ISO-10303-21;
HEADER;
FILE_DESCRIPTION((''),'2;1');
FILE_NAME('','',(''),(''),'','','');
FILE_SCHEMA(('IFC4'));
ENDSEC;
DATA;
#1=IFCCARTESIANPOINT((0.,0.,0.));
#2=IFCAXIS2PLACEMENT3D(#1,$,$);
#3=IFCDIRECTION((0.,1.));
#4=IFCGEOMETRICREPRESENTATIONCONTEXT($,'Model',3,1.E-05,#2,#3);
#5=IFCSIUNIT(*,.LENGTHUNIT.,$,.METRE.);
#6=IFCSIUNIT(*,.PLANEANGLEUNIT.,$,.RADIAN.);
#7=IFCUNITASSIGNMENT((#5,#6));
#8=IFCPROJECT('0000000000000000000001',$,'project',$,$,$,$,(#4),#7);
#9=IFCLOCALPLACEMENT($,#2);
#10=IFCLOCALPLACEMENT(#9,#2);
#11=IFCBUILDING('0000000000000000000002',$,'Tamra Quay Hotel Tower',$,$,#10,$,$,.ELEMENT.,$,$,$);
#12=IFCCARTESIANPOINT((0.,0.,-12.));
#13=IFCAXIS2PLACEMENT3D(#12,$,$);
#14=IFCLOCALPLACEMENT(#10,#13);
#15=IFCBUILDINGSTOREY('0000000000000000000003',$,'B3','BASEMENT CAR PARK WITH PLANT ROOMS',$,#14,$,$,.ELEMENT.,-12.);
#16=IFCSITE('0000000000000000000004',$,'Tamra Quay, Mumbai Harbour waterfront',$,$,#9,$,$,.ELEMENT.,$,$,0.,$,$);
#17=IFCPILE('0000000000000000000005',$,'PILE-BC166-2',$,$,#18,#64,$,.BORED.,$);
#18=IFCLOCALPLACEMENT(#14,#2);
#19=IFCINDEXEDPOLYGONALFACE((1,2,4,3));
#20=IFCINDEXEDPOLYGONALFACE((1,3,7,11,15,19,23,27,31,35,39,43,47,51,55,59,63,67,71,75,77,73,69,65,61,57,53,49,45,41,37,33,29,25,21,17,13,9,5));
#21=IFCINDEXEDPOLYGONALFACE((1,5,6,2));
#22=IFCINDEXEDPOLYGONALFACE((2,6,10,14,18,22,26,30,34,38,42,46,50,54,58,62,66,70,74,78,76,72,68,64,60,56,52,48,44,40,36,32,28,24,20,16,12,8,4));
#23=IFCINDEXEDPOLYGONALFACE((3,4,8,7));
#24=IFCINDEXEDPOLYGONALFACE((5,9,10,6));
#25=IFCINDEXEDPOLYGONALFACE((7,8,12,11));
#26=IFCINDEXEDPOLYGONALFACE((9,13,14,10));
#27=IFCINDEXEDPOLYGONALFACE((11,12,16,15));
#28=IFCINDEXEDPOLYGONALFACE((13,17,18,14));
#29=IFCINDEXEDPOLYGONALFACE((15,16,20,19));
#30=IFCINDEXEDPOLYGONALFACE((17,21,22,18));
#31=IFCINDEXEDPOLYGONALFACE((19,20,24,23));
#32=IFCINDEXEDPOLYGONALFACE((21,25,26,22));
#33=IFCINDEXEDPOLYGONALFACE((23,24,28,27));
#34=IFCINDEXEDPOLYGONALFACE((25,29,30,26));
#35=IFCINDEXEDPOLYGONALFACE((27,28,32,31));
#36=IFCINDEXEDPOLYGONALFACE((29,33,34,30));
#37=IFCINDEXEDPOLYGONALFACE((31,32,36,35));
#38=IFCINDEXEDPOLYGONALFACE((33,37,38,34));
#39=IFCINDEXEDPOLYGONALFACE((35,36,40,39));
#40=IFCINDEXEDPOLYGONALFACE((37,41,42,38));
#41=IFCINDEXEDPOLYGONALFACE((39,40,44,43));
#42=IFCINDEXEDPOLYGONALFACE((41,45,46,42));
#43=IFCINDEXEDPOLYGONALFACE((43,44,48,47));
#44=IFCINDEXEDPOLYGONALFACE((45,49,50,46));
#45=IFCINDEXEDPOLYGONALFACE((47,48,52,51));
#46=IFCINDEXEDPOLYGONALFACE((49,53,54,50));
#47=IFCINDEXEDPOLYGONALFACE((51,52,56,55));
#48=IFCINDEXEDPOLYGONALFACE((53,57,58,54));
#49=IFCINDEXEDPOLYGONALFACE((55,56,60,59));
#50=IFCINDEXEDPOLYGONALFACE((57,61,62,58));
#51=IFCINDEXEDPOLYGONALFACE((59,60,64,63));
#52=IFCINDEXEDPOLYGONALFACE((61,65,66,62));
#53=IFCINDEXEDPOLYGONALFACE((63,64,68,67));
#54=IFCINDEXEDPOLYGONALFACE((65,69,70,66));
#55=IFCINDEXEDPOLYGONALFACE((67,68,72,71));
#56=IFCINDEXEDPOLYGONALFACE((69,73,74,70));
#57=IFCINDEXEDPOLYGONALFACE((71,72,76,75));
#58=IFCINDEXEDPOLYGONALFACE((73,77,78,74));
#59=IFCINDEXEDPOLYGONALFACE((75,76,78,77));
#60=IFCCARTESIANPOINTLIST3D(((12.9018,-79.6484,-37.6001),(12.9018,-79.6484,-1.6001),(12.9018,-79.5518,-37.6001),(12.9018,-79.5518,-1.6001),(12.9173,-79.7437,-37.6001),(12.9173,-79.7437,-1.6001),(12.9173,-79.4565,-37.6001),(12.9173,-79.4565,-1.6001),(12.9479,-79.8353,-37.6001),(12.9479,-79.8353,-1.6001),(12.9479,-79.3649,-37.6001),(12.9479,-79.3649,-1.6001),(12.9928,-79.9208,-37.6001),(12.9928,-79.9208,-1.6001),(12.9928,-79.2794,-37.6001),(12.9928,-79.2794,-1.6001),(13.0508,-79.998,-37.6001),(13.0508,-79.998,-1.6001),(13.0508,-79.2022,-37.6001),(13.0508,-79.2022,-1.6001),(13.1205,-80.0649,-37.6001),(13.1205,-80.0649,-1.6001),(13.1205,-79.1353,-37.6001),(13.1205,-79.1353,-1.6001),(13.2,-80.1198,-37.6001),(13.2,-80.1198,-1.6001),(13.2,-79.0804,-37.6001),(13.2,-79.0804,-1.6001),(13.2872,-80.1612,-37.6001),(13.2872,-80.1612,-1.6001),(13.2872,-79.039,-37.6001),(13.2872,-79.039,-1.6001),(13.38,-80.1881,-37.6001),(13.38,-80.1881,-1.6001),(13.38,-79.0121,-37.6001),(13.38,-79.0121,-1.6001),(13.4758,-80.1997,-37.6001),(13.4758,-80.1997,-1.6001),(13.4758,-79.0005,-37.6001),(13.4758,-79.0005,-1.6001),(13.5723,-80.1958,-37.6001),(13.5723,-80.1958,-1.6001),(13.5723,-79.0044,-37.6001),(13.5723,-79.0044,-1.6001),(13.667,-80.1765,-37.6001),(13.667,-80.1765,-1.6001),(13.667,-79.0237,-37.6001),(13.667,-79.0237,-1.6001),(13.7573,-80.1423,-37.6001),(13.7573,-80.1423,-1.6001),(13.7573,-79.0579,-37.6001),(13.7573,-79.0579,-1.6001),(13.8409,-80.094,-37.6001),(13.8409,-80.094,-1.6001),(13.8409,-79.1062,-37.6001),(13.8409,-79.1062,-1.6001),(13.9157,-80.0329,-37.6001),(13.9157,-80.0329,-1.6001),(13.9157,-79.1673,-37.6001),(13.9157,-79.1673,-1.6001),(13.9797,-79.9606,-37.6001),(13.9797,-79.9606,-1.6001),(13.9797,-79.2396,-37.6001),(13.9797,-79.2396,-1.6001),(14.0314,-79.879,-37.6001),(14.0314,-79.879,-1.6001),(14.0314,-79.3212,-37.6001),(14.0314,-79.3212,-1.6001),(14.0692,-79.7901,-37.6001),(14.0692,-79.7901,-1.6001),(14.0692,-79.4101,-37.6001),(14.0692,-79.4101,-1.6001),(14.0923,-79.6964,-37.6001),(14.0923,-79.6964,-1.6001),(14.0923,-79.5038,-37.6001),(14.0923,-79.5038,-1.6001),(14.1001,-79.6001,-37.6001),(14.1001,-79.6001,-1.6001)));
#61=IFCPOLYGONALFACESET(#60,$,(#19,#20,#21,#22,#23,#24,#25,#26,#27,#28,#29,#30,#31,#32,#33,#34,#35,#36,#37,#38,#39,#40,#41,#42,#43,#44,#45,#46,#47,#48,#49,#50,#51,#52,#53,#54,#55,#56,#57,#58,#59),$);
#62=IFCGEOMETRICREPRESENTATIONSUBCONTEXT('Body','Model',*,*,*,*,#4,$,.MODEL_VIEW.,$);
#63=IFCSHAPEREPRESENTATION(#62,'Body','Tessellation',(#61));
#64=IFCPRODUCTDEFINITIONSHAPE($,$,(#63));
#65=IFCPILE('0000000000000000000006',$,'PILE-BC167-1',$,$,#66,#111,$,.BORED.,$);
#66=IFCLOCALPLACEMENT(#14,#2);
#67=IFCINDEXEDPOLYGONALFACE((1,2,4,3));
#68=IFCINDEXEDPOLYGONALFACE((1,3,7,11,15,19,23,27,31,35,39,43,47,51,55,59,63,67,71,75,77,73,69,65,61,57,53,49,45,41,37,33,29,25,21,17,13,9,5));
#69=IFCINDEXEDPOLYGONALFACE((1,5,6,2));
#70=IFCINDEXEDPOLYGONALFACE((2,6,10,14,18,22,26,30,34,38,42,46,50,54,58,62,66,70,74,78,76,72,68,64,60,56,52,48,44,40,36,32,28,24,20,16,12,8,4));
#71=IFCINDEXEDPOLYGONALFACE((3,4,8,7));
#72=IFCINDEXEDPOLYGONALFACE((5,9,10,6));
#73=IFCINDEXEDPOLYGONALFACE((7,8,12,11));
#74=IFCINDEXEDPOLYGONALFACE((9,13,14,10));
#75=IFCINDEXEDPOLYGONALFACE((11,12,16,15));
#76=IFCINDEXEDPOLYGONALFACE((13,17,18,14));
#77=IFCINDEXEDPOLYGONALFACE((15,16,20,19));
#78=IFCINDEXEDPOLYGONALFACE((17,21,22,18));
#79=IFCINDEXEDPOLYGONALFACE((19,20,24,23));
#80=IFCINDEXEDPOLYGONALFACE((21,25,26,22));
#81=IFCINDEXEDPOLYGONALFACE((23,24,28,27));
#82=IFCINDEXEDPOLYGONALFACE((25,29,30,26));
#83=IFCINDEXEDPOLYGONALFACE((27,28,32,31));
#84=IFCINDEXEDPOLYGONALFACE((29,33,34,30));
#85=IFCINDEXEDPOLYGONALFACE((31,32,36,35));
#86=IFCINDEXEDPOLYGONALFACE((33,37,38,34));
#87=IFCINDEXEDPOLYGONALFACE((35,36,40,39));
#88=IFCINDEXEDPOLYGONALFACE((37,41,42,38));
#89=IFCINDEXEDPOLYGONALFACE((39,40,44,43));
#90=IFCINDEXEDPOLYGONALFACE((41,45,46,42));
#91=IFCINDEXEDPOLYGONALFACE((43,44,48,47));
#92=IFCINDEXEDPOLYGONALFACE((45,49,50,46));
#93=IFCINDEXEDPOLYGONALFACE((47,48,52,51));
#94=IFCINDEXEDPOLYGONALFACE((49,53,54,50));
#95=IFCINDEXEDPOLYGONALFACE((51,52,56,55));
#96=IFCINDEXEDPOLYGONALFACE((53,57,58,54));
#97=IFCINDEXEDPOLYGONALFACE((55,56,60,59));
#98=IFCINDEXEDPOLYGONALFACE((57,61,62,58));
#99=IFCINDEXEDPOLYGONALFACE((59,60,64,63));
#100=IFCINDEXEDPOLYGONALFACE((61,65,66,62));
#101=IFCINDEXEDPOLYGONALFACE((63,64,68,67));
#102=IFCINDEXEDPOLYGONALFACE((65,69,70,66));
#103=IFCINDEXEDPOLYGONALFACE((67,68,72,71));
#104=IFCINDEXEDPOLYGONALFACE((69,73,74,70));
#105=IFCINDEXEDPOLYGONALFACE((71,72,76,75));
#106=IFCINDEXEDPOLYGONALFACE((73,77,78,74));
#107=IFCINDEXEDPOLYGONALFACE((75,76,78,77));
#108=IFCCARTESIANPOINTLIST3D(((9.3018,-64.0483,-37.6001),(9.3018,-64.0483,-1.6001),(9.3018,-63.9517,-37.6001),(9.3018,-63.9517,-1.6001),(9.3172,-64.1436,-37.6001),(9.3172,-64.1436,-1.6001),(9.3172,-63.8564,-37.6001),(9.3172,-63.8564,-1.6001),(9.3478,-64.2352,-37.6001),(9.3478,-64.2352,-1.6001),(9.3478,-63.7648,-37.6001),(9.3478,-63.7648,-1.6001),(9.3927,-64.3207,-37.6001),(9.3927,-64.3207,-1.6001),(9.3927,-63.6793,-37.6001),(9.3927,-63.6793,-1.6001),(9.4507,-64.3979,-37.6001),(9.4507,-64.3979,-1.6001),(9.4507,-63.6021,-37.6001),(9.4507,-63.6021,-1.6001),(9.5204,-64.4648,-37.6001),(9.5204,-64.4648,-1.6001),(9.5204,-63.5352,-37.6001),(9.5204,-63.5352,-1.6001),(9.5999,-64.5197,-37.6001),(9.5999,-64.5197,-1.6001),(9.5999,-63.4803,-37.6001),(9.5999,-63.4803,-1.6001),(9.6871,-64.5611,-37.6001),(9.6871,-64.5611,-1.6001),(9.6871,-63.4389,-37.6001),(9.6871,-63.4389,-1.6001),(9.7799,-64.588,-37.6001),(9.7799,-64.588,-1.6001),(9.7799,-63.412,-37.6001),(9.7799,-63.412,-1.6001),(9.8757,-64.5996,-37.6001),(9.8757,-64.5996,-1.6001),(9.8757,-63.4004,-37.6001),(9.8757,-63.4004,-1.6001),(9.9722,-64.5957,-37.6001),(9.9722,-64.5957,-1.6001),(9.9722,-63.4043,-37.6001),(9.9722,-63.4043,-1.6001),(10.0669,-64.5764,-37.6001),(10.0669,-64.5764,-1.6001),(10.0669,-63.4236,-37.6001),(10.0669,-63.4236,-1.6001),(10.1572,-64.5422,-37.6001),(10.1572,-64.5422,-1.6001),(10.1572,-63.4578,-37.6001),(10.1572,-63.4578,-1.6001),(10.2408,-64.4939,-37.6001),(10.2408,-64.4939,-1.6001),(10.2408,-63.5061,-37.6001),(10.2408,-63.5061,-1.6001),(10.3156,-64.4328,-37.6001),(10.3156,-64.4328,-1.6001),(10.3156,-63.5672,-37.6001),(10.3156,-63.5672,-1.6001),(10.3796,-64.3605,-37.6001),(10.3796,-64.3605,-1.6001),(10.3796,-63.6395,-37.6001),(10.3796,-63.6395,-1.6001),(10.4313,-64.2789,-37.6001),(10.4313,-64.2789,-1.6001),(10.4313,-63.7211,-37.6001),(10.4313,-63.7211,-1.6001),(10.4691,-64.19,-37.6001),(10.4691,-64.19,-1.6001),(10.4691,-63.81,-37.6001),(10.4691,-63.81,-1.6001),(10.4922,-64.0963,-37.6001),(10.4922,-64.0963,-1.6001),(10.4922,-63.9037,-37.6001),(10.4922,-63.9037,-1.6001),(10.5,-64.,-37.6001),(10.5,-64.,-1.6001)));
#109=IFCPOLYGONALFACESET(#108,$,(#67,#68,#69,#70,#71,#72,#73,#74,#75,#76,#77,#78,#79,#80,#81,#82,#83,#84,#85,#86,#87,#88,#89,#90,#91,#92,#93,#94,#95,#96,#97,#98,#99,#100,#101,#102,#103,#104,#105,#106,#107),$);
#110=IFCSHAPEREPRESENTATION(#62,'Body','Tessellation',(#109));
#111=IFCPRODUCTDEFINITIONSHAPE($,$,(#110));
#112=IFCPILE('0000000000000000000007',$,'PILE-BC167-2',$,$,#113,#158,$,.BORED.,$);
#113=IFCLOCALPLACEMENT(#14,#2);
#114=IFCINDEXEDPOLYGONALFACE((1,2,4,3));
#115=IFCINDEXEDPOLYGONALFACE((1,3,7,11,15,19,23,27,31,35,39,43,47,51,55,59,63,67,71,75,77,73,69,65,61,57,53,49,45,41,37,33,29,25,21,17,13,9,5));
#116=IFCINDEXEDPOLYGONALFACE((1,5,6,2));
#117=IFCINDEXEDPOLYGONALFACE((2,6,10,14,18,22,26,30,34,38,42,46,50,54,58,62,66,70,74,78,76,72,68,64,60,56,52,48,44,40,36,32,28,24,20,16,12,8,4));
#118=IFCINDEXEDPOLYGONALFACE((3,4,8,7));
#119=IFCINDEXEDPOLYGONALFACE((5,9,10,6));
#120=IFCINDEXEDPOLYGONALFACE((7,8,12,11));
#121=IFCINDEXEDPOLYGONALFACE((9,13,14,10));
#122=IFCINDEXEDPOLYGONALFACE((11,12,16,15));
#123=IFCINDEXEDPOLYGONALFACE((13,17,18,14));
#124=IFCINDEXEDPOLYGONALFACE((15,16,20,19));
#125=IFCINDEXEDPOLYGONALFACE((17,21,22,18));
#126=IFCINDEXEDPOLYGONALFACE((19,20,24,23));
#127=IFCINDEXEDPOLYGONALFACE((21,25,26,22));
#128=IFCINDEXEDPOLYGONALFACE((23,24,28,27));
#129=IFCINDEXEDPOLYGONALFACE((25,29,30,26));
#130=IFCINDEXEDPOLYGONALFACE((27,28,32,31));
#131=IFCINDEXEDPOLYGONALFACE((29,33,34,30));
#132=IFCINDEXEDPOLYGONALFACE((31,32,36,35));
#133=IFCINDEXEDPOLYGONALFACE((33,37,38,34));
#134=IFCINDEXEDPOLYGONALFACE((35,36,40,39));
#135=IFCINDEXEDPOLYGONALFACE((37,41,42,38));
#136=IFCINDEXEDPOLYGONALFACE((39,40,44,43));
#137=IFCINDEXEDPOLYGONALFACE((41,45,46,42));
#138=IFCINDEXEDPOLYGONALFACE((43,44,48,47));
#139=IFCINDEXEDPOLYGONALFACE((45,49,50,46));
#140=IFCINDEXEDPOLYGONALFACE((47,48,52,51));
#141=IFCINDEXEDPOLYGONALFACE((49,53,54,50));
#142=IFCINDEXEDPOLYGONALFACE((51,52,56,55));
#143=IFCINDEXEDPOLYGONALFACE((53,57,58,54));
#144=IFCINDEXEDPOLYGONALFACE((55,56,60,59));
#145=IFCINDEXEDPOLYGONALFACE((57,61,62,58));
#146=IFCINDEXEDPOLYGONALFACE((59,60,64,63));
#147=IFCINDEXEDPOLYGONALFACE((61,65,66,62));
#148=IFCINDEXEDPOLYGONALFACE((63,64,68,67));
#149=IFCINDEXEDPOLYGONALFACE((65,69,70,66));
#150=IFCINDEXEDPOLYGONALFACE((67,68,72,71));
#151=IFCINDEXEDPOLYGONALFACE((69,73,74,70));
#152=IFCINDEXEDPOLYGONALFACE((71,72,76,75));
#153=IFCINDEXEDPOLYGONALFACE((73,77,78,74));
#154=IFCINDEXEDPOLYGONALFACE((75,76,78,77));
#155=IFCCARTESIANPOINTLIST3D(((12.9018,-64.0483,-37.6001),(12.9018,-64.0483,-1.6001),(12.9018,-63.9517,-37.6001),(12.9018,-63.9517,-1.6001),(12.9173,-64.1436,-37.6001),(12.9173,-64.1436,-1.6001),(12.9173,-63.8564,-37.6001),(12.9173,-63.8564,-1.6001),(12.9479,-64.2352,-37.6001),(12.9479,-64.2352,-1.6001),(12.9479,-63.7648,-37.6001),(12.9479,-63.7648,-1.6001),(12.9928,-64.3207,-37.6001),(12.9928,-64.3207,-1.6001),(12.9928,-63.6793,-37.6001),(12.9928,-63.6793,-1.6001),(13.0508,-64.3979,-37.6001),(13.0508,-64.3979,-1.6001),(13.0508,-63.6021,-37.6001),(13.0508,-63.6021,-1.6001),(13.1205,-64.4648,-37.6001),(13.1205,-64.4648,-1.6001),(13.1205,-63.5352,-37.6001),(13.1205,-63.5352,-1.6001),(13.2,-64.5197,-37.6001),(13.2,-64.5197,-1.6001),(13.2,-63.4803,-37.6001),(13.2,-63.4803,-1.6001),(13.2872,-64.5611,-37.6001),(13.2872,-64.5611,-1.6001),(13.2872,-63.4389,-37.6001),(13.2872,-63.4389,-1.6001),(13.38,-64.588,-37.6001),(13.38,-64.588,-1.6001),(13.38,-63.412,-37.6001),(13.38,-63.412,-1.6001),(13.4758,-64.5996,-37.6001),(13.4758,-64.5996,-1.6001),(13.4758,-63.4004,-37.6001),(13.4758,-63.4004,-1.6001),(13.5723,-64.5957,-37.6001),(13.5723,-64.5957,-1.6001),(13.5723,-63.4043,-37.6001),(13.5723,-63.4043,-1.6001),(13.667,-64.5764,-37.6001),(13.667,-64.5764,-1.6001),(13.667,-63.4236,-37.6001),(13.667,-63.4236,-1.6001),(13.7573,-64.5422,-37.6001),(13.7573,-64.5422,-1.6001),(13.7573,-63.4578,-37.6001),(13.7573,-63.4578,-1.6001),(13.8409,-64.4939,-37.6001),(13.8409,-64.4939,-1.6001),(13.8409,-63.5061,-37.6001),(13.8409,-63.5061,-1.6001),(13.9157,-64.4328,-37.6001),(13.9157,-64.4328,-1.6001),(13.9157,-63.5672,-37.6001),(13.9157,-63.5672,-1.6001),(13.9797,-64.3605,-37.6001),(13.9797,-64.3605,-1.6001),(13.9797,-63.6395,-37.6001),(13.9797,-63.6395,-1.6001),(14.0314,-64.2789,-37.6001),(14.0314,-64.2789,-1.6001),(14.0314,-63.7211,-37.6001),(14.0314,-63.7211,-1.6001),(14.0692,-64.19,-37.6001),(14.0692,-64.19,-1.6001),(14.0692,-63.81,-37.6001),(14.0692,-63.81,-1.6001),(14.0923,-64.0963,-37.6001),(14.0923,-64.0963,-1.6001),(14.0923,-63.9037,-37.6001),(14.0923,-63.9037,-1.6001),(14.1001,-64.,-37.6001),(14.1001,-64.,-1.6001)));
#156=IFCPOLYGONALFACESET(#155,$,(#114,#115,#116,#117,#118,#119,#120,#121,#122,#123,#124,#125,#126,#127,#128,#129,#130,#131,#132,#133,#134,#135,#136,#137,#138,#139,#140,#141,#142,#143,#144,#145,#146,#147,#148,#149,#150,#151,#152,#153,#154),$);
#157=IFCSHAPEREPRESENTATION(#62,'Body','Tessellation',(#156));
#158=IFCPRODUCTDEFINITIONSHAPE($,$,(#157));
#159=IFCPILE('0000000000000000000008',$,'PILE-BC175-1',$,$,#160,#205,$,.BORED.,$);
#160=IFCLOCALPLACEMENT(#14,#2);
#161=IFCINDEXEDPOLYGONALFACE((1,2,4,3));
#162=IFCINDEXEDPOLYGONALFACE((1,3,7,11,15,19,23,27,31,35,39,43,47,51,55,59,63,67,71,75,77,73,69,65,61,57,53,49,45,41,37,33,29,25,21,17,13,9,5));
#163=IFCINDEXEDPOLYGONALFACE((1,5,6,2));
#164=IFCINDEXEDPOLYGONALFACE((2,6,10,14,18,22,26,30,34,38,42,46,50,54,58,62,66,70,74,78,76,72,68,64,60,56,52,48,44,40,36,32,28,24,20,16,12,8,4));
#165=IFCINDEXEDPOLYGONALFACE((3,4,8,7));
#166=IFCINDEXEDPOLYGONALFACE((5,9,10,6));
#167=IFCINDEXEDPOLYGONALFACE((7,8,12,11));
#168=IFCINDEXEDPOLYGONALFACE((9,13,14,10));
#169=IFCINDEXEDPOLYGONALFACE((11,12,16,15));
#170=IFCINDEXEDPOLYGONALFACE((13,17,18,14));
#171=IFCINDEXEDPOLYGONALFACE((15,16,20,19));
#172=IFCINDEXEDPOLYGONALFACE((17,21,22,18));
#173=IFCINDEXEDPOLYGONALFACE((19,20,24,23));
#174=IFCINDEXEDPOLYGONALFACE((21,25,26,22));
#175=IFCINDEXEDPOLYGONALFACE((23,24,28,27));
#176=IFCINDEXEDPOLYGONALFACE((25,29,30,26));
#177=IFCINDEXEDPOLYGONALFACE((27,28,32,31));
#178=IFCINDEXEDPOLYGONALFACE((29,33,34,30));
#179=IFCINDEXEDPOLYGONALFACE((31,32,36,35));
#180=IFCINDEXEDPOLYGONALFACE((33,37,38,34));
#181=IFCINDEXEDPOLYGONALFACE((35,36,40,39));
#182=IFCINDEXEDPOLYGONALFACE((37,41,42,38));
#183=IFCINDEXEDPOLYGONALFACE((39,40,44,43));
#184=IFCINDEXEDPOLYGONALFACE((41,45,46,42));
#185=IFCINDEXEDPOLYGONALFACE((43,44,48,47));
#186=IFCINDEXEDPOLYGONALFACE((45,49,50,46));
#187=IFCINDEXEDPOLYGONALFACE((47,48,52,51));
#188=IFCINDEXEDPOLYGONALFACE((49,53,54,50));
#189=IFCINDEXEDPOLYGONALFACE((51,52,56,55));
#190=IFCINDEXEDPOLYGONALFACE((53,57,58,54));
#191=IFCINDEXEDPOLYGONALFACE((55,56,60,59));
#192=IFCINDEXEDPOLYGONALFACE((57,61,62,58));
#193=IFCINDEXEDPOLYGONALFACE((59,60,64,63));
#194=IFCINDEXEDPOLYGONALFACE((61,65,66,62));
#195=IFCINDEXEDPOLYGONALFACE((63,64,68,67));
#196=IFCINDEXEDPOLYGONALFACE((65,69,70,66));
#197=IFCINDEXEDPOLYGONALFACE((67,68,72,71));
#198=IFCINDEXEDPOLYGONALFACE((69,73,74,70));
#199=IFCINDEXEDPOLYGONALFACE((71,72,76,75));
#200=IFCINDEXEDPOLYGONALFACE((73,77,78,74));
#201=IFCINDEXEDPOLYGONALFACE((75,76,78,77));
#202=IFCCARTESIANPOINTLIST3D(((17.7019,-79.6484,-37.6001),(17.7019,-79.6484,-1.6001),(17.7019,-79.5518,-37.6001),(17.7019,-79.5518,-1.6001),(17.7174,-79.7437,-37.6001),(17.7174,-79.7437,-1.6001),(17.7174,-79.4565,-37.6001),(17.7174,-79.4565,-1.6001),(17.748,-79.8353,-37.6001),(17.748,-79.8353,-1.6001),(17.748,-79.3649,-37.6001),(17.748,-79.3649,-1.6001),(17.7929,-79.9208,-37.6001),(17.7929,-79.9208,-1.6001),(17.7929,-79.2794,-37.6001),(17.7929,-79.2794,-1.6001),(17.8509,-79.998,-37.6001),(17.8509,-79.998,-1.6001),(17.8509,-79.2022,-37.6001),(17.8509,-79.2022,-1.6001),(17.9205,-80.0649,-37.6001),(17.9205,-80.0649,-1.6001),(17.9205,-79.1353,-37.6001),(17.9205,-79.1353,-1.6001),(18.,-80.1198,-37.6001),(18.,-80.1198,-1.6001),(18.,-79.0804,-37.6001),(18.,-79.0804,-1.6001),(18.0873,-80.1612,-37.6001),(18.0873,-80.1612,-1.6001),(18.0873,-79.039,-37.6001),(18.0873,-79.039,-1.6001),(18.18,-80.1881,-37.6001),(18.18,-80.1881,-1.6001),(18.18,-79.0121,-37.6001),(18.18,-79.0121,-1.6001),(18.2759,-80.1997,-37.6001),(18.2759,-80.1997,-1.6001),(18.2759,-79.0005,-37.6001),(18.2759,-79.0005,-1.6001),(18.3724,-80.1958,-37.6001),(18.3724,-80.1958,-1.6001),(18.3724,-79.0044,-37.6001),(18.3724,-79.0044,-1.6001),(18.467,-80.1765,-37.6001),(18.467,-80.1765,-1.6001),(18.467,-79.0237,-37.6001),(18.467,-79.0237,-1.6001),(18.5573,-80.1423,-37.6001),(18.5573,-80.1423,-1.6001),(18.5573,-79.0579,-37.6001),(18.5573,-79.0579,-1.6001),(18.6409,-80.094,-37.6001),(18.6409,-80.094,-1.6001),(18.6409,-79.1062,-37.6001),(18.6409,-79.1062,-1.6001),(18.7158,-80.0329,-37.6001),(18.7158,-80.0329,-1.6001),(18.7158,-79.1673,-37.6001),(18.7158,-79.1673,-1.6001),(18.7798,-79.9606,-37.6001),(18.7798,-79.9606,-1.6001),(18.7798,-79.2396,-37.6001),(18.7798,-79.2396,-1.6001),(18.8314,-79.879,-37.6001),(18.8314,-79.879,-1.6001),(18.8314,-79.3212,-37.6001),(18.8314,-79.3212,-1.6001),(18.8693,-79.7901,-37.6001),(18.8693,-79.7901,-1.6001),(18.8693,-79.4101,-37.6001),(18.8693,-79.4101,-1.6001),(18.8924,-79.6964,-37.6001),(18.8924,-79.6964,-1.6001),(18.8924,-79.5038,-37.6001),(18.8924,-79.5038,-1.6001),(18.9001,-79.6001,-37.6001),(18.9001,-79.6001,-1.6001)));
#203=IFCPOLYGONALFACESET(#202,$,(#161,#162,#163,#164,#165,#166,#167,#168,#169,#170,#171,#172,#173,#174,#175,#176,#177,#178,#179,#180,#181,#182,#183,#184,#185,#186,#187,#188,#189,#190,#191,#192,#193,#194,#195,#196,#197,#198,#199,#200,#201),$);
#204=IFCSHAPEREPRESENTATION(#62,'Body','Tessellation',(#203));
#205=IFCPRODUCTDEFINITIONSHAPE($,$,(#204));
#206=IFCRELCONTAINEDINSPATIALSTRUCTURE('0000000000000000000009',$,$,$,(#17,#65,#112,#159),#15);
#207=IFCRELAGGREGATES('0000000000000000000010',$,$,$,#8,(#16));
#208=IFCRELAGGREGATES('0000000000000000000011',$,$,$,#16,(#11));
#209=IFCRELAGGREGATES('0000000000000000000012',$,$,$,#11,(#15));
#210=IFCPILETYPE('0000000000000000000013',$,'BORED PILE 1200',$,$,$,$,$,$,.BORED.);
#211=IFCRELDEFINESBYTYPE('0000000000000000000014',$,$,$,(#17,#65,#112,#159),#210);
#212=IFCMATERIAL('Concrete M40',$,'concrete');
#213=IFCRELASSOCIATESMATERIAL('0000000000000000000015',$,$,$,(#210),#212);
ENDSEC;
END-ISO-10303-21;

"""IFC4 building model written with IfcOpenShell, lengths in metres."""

from ifc_helpers import new_model, si_unit, direction, frame, origin, origin_2d, place, context, subcontext, project, spatial, circle, extrude, material, material_profile, profile_set, type_object, element, save


model = new_model("IFC4")

# Units and contexts
model_context = context("Model", 3, precision=1e-05, world=origin(), true_north=direction((0.0, 1.0)))
body_context = subcontext(model_context, "Body", "Model", "MODEL_VIEW")
ifc_project = project(units=[si_unit("LENGTHUNIT", "METRE"), si_unit("PLANEANGLEUNIT", "RADIAN")], contexts=[model_context])

# Site, building, storey
site_placement = place(None, origin())
site = spatial("IfcSite", under=ifc_project, at=site_placement, Name="Tamra Quay, Mumbai Harbour waterfront", CompositionType="ELEMENT", RefElevation=0.0)
building_placement = place(site_placement, origin())
building = spatial("IfcBuilding", under=site, at=building_placement, Name="Tamra Quay Hotel Tower", CompositionType="ELEMENT")
storey_placement = place(building_placement, frame((0.0, 0.0, -12.0)))
storey = spatial("IfcBuildingStorey", under=building, at=storey_placement, Name="B3", Description="BASEMENT CAR PARK WITH PLANT ROOMS", CompositionType="ELEMENT", Elevation=-12.0)

# Piles
ifc_material_1 = material(Name="Concrete M40", Category="concrete")
ifc_material_profile_1 = material_profile(ifc_material_1, circle(Radius=0.6001, at=origin_2d()), Name="BORED PILE 1200")
ifc_profile_set_1 = profile_set([ifc_material_profile_1], Name="Concrete M40")
pile_type = type_object("IfcPileType", Name="BORED PILE 1200", PredefinedType="BORED", material=ifc_profile_set_1)
for number, where, z_axis, x_axis, name in (
    (1, (13.5, -79.6001, -1.6001), (0.0, 0.0, -1.0), (1.0, 0.0, 0.0), "PILE-BC166-2"),
    (2, (9.8999, -64.0, -1.6001), (0.0, 0.0, -1.0), (1.0, 0.0, 0.0), "PILE-BC167-1"),
    (3, (13.5, -64.0, -1.6001), (0.0, 0.0, -1.0), (1.0, 0.0, 0.0), "PILE-BC167-2"),
    (4, (18.3, -79.6001, -1.6001), (0.0, 0.0, -1.0), (1.0, 0.0, 0.0), "PILE-BC175-1"),
):
    element("IfcPile", number, at=place(storey_placement, frame(where, z_axis=z_axis, x_axis=x_axis)), inside=storey, type_object=pile_type, Name=name, PredefinedType="BORED", context=body_context, shape_type="SweptSolid", body=[
        extrude(circle(Radius=0.6001, at=origin_2d()), origin(), (0.0, 0.0, 1.0), 36.0),
    ])

save(model, "model.ifc")
